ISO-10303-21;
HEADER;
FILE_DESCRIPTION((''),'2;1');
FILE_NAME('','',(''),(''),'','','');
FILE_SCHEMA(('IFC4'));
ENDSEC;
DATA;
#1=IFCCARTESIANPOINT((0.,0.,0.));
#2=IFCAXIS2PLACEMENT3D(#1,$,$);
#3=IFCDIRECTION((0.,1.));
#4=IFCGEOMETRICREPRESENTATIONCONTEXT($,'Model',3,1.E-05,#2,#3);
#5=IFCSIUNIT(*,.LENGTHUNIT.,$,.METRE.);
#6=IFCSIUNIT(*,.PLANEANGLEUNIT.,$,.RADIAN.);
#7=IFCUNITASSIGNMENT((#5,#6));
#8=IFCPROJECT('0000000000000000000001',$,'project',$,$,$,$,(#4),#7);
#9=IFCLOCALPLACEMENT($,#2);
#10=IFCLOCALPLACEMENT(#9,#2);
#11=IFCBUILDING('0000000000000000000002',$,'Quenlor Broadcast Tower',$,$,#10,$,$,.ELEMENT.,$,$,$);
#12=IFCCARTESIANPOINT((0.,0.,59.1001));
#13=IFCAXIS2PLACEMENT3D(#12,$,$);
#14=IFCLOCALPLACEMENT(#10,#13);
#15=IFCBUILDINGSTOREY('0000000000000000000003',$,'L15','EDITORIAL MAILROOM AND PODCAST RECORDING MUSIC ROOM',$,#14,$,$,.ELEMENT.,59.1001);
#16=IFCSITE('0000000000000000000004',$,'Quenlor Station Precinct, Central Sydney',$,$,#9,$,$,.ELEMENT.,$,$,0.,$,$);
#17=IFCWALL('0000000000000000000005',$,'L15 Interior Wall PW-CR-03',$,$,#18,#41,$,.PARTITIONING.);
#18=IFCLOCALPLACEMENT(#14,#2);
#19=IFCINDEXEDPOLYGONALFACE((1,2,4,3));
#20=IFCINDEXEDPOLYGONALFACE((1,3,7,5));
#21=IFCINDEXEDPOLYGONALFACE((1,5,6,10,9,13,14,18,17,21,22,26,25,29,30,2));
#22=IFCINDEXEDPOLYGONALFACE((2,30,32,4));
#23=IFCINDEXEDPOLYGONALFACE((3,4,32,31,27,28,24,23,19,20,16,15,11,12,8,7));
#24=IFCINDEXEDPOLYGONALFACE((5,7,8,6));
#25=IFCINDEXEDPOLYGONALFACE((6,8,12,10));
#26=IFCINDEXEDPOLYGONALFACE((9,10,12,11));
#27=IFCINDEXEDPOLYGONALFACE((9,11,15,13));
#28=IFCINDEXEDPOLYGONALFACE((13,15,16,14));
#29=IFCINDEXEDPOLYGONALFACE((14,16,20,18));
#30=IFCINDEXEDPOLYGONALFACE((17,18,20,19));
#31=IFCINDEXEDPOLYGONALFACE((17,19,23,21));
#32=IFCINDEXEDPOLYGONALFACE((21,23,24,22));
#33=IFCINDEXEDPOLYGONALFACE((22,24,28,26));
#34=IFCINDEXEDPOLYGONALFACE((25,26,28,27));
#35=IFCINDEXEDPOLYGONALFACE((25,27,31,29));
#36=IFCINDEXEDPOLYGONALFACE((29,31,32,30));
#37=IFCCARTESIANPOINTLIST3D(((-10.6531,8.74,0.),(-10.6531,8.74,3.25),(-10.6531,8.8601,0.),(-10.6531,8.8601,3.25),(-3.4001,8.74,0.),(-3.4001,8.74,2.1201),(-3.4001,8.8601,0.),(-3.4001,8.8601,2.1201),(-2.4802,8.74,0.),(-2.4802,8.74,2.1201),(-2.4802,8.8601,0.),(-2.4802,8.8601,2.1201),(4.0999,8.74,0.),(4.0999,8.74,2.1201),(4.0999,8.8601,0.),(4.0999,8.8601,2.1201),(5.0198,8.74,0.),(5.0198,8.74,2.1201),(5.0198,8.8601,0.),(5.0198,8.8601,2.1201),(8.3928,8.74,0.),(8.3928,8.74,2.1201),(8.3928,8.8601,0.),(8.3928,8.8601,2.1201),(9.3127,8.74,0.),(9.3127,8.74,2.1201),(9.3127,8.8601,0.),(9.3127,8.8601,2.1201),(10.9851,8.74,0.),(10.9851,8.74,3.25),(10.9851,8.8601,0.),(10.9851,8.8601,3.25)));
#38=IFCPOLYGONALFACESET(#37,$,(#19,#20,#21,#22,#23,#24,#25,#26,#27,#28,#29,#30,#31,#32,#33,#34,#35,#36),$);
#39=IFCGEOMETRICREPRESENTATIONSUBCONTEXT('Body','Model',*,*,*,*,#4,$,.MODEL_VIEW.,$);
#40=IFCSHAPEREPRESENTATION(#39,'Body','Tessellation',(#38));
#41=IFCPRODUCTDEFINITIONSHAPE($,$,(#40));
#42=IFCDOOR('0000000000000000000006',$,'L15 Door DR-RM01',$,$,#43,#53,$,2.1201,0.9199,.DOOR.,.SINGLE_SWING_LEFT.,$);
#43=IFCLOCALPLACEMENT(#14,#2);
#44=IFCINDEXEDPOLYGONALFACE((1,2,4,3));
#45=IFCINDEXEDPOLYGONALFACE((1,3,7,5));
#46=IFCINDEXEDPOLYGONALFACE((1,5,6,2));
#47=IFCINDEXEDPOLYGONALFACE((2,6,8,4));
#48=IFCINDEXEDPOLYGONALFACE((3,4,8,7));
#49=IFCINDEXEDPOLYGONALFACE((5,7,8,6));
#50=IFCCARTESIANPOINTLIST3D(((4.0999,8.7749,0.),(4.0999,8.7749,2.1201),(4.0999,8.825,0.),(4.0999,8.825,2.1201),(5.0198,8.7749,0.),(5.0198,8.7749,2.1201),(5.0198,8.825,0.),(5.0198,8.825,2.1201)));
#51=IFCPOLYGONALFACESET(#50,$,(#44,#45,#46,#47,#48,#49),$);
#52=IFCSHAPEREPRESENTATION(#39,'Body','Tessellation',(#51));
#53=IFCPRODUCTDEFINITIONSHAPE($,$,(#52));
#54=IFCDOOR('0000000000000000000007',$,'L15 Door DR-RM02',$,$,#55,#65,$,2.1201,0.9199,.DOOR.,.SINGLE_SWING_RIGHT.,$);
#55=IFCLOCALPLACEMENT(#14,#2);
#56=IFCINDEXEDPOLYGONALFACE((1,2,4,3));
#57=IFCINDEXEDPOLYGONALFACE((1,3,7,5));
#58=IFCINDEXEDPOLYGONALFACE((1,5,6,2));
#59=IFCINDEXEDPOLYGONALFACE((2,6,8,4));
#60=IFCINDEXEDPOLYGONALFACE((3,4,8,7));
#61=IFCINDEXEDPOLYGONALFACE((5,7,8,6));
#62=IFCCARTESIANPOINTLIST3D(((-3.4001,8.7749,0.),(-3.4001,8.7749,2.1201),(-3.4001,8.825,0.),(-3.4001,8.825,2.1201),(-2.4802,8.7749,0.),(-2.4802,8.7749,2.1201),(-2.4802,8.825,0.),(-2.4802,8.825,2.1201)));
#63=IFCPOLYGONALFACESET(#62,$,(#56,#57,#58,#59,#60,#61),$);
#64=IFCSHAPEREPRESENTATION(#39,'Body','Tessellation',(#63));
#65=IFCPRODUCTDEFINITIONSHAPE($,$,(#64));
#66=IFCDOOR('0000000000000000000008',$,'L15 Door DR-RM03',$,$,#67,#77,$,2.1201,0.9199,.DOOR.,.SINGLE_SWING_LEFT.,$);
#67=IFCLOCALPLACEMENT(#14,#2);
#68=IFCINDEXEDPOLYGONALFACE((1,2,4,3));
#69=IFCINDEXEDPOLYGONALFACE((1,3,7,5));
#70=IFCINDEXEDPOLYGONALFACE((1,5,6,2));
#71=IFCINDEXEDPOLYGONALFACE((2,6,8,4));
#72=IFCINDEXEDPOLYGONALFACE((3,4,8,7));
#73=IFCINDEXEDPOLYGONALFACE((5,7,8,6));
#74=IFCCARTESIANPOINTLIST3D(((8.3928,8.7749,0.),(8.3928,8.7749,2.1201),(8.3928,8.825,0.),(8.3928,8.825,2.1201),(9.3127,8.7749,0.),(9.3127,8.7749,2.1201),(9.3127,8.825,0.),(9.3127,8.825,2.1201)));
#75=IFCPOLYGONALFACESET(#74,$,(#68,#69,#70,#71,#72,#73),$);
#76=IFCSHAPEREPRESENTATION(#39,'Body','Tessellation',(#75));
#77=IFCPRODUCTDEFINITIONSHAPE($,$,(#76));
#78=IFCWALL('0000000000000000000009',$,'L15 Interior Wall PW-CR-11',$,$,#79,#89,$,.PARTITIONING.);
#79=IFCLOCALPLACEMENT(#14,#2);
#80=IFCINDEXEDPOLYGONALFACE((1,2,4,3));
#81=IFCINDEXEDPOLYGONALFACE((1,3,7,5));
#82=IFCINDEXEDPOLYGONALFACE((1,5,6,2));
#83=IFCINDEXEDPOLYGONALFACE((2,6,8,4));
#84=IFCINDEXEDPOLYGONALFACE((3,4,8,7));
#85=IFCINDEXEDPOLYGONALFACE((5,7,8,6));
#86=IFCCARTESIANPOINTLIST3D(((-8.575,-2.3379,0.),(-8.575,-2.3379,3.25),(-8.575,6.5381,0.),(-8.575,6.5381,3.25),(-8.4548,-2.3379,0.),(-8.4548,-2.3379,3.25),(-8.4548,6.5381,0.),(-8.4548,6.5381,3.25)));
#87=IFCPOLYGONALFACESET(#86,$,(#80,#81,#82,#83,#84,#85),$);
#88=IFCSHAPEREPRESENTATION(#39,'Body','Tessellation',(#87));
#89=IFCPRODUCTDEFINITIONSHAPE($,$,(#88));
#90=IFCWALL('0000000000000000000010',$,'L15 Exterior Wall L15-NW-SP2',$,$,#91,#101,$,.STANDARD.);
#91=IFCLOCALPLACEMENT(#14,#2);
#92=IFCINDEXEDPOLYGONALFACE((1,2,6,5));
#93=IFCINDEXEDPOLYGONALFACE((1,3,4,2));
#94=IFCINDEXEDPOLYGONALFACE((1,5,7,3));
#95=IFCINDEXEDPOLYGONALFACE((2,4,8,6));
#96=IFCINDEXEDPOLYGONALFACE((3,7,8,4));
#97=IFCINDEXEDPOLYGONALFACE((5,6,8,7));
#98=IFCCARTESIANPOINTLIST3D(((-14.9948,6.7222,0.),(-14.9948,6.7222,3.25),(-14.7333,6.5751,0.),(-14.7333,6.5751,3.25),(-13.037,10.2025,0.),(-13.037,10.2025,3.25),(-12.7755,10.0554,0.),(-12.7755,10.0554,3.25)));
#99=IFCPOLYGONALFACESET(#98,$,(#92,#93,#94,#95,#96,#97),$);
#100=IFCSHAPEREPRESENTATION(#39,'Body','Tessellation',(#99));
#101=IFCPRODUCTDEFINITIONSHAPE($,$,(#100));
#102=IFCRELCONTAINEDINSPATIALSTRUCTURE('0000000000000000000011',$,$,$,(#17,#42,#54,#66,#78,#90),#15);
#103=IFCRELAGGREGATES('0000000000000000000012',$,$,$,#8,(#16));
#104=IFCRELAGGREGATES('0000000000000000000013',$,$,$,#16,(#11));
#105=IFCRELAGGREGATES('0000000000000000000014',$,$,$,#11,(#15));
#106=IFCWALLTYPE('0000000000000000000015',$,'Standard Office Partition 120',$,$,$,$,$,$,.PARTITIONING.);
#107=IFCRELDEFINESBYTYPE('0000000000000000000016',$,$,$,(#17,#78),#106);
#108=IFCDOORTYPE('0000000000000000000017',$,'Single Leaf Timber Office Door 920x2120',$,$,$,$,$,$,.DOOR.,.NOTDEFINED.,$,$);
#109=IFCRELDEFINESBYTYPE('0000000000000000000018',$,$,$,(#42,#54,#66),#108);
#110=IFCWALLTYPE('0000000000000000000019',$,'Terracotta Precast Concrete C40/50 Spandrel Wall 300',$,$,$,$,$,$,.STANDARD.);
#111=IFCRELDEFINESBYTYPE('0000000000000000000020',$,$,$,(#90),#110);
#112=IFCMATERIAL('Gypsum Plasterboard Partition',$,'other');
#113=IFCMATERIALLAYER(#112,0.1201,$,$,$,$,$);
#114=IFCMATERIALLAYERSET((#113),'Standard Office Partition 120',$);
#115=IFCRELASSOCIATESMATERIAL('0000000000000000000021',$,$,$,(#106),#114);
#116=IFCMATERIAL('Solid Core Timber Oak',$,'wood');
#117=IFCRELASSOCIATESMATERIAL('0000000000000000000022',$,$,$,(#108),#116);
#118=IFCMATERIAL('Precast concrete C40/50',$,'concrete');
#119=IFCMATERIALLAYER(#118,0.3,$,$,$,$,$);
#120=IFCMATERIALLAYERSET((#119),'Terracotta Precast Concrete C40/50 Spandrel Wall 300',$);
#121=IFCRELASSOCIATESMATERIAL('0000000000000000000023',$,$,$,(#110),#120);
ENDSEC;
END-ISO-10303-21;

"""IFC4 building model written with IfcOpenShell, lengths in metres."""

from ifc_helpers import new_model, si_unit, direction, frame, frame_2d, origin, place, context, subcontext, project, spatial, rectangle, extrude, material, layer, layer_set, type_object, element, fill, save


model = new_model("IFC4")

# Units and contexts
model_context = context("Model", 3, precision=1e-05, world=origin(), true_north=direction((0.0, 1.0)))
body_context = subcontext(model_context, "Body", "Model", "MODEL_VIEW")
ifc_project = project(units=[si_unit("LENGTHUNIT", "METRE"), si_unit("PLANEANGLEUNIT", "RADIAN")], contexts=[model_context])

# Site, building, storey
site_placement = place(None, origin())
site = spatial("IfcSite", under=ifc_project, at=site_placement, Name="Quenlor Station Precinct, Central Sydney", CompositionType="ELEMENT", RefElevation=0.0)
building_placement = place(site_placement, origin())
building = spatial("IfcBuilding", under=site, at=building_placement, Name="Quenlor Broadcast Tower", CompositionType="ELEMENT")
storey_placement = place(building_placement, frame((0.0, 0.0, 59.1001)))
storey = spatial("IfcBuildingStorey", under=building, at=storey_placement, Name="L15", Description="EDITORIAL MAILROOM AND PODCAST RECORDING MUSIC ROOM", CompositionType="ELEMENT", Elevation=59.1001)

# Wall, openings, doors
ifc_material_1 = material(Name="Gypsum Plasterboard Partition", Category="other")
ifc_layer_1 = layer(ifc_material_1, 0.1201)
ifc_layer_set_1 = layer_set([ifc_layer_1], Name="Standard Office Partition 120")
wall_type_1 = type_object("IfcWallType", Name="Standard Office Partition 120", PredefinedType="PARTITIONING", material=ifc_layer_set_1)
wall_1_placement = place(storey_placement, frame((-10.6531, 8.8, 0.0), z_axis=(0.0, 0.0, 1.0), x_axis=(1.0, 0.0, 0.0)))
wall_1 = element("IfcWall", 1, at=wall_1_placement, inside=storey, type_object=wall_type_1, Name="L15 Interior Wall PW-CR-03", PredefinedType="PARTITIONING", context=body_context, shape_type="SweptSolid", body=[
    extrude(rectangle(XDim=21.6382, YDim=0.1201, at=frame_2d((10.8191, 0.0))), origin(), (0.0, 0.0, 1.0), 3.25),
])
opening_1_placement = place(wall_1_placement, frame((14.7529, 0.0, 0.0)))
opening_1 = element("IfcOpeningElement", 2, at=opening_1_placement, cuts=wall_1, PredefinedType="OPENING", context=body_context, shape_type="SweptSolid", body=[
    extrude(rectangle(XDim=0.9199, YDim=2.1201, at=frame_2d((0.46, 1.0601))), frame((0.0, 0.0701, 0.0), z_axis=(0.0, -1.0, 0.0), x_axis=(1.0, 0.0, 0.0)), (0.0, 0.0, 1.0), 0.1401),
])
opening_2_placement = place(wall_1_placement, frame((7.2529, 0.0, 0.0)))
opening_2 = element("IfcOpeningElement", 3, at=opening_2_placement, cuts=wall_1, PredefinedType="OPENING", context=body_context, shape_type="SweptSolid", body=[
    extrude(rectangle(XDim=0.9199, YDim=2.1201, at=frame_2d((0.46, 1.0601))), frame((0.0, 0.0701, 0.0), z_axis=(0.0, -1.0, 0.0), x_axis=(1.0, 0.0, 0.0)), (0.0, 0.0, 1.0), 0.1401),
])
opening_3_placement = place(wall_1_placement, frame((19.0459, 0.0, 0.0)))
opening_3 = element("IfcOpeningElement", 4, at=opening_3_placement, cuts=wall_1, PredefinedType="OPENING", context=body_context, shape_type="SweptSolid", body=[
    extrude(rectangle(XDim=0.9199, YDim=2.1201, at=frame_2d((0.46, 1.0601))), frame((0.0, 0.0701, 0.0), z_axis=(0.0, -1.0, 0.0), x_axis=(1.0, 0.0, 0.0)), (0.0, 0.0, 1.0), 0.1401),
])
ifc_material_2 = material(Name="Solid Core Timber Oak", Category="wood")
door_type = type_object("IfcDoorType", Name="Single Leaf Timber Office Door 920x2120", OperationType="NOTDEFINED", PredefinedType="DOOR", material=ifc_material_2)
door_1_placement = place(opening_1_placement, origin())
door_1 = element("IfcDoor", 5, at=door_1_placement, inside=storey, type_object=door_type, Name="L15 Door DR-RM01", OperationType="SINGLE_SWING_LEFT", OverallHeight=2.1201, OverallWidth=0.9199, PredefinedType="DOOR", context=body_context, shape_type="SweptSolid", body=[
    extrude(rectangle(XDim=0.9199, YDim=2.1201, at=frame_2d((0.46, 1.0601))), frame((0.0, 0.0249, 0.0), z_axis=(0.0, -1.0, 0.0), x_axis=(1.0, 0.0, 0.0)), (0.0, 0.0, 1.0), 0.05),
])
fill(opening_1, door_1)
door_2_placement = place(opening_2_placement, origin())
door_2 = element("IfcDoor", 6, at=door_2_placement, inside=storey, type_object=door_type, Name="L15 Door DR-RM02", OperationType="SINGLE_SWING_RIGHT", OverallHeight=2.1201, OverallWidth=0.9199, PredefinedType="DOOR", context=body_context, shape_type="SweptSolid", body=[
    extrude(rectangle(XDim=0.9199, YDim=2.1201, at=frame_2d((0.46, 1.0601))), frame((0.0, 0.0249, 0.0), z_axis=(0.0, -1.0, 0.0), x_axis=(1.0, 0.0, 0.0)), (0.0, 0.0, 1.0), 0.05),
])
fill(opening_2, door_2)
door_3_placement = place(opening_3_placement, origin())
door_3 = element("IfcDoor", 7, at=door_3_placement, inside=storey, type_object=door_type, Name="L15 Door DR-RM03", OperationType="SINGLE_SWING_LEFT", OverallHeight=2.1201, OverallWidth=0.9199, PredefinedType="DOOR", context=body_context, shape_type="SweptSolid", body=[
    extrude(rectangle(XDim=0.9199, YDim=2.1201, at=frame_2d((0.46, 1.0601))), frame((0.0, 0.0249, 0.0), z_axis=(0.0, -1.0, 0.0), x_axis=(1.0, 0.0, 0.0)), (0.0, 0.0, 1.0), 0.05),
])
fill(opening_3, door_3)

# Walls
wall_2_placement = place(storey_placement, frame((-8.5149, 6.5381, 0.0), z_axis=(0.0, 0.0, 1.0), x_axis=(0.0, -1.0, 0.0)))
element("IfcWall", 8, at=wall_2_placement, inside=storey, type_object=wall_type_1, Name="L15 Interior Wall PW-CR-11", PredefinedType="PARTITIONING", context=body_context, shape_type="SweptSolid", body=[
    extrude(rectangle(XDim=8.876, YDim=0.1201, at=frame_2d((4.438, 0.0))), origin(), (0.0, 0.0, 1.0), 3.25),
])
ifc_material_3 = material(Name="Precast concrete C40/50", Category="concrete")
ifc_layer_2 = layer(ifc_material_3, 0.3)
ifc_layer_set_2 = layer_set([ifc_layer_2], Name="Terracotta Precast Concrete C40/50 Spandrel Wall 300")
wall_type_2 = type_object("IfcWallType", Name="Terracotta Precast Concrete C40/50 Spandrel Wall 300", PredefinedType="STANDARD", material=ifc_layer_set_2)
wall_3_placement = place(storey_placement, frame((-14.864, 6.6487, 0.0), z_axis=(0.0, 0.0, 1.0), x_axis=(0.490287, 0.871561, 0.0)))
element("IfcWall", 9, at=wall_3_placement, inside=storey, type_object=wall_type_2, Name="L15 Exterior Wall L15-NW-SP2", PredefinedType="STANDARD", context=body_context, shape_type="SweptSolid", body=[
    extrude(rectangle(XDim=3.9932, YDim=0.3, at=frame_2d((1.9966, 0.0))), origin(), (0.0, 0.0, 1.0), 3.25),
])

save(model, "model.ifc")
